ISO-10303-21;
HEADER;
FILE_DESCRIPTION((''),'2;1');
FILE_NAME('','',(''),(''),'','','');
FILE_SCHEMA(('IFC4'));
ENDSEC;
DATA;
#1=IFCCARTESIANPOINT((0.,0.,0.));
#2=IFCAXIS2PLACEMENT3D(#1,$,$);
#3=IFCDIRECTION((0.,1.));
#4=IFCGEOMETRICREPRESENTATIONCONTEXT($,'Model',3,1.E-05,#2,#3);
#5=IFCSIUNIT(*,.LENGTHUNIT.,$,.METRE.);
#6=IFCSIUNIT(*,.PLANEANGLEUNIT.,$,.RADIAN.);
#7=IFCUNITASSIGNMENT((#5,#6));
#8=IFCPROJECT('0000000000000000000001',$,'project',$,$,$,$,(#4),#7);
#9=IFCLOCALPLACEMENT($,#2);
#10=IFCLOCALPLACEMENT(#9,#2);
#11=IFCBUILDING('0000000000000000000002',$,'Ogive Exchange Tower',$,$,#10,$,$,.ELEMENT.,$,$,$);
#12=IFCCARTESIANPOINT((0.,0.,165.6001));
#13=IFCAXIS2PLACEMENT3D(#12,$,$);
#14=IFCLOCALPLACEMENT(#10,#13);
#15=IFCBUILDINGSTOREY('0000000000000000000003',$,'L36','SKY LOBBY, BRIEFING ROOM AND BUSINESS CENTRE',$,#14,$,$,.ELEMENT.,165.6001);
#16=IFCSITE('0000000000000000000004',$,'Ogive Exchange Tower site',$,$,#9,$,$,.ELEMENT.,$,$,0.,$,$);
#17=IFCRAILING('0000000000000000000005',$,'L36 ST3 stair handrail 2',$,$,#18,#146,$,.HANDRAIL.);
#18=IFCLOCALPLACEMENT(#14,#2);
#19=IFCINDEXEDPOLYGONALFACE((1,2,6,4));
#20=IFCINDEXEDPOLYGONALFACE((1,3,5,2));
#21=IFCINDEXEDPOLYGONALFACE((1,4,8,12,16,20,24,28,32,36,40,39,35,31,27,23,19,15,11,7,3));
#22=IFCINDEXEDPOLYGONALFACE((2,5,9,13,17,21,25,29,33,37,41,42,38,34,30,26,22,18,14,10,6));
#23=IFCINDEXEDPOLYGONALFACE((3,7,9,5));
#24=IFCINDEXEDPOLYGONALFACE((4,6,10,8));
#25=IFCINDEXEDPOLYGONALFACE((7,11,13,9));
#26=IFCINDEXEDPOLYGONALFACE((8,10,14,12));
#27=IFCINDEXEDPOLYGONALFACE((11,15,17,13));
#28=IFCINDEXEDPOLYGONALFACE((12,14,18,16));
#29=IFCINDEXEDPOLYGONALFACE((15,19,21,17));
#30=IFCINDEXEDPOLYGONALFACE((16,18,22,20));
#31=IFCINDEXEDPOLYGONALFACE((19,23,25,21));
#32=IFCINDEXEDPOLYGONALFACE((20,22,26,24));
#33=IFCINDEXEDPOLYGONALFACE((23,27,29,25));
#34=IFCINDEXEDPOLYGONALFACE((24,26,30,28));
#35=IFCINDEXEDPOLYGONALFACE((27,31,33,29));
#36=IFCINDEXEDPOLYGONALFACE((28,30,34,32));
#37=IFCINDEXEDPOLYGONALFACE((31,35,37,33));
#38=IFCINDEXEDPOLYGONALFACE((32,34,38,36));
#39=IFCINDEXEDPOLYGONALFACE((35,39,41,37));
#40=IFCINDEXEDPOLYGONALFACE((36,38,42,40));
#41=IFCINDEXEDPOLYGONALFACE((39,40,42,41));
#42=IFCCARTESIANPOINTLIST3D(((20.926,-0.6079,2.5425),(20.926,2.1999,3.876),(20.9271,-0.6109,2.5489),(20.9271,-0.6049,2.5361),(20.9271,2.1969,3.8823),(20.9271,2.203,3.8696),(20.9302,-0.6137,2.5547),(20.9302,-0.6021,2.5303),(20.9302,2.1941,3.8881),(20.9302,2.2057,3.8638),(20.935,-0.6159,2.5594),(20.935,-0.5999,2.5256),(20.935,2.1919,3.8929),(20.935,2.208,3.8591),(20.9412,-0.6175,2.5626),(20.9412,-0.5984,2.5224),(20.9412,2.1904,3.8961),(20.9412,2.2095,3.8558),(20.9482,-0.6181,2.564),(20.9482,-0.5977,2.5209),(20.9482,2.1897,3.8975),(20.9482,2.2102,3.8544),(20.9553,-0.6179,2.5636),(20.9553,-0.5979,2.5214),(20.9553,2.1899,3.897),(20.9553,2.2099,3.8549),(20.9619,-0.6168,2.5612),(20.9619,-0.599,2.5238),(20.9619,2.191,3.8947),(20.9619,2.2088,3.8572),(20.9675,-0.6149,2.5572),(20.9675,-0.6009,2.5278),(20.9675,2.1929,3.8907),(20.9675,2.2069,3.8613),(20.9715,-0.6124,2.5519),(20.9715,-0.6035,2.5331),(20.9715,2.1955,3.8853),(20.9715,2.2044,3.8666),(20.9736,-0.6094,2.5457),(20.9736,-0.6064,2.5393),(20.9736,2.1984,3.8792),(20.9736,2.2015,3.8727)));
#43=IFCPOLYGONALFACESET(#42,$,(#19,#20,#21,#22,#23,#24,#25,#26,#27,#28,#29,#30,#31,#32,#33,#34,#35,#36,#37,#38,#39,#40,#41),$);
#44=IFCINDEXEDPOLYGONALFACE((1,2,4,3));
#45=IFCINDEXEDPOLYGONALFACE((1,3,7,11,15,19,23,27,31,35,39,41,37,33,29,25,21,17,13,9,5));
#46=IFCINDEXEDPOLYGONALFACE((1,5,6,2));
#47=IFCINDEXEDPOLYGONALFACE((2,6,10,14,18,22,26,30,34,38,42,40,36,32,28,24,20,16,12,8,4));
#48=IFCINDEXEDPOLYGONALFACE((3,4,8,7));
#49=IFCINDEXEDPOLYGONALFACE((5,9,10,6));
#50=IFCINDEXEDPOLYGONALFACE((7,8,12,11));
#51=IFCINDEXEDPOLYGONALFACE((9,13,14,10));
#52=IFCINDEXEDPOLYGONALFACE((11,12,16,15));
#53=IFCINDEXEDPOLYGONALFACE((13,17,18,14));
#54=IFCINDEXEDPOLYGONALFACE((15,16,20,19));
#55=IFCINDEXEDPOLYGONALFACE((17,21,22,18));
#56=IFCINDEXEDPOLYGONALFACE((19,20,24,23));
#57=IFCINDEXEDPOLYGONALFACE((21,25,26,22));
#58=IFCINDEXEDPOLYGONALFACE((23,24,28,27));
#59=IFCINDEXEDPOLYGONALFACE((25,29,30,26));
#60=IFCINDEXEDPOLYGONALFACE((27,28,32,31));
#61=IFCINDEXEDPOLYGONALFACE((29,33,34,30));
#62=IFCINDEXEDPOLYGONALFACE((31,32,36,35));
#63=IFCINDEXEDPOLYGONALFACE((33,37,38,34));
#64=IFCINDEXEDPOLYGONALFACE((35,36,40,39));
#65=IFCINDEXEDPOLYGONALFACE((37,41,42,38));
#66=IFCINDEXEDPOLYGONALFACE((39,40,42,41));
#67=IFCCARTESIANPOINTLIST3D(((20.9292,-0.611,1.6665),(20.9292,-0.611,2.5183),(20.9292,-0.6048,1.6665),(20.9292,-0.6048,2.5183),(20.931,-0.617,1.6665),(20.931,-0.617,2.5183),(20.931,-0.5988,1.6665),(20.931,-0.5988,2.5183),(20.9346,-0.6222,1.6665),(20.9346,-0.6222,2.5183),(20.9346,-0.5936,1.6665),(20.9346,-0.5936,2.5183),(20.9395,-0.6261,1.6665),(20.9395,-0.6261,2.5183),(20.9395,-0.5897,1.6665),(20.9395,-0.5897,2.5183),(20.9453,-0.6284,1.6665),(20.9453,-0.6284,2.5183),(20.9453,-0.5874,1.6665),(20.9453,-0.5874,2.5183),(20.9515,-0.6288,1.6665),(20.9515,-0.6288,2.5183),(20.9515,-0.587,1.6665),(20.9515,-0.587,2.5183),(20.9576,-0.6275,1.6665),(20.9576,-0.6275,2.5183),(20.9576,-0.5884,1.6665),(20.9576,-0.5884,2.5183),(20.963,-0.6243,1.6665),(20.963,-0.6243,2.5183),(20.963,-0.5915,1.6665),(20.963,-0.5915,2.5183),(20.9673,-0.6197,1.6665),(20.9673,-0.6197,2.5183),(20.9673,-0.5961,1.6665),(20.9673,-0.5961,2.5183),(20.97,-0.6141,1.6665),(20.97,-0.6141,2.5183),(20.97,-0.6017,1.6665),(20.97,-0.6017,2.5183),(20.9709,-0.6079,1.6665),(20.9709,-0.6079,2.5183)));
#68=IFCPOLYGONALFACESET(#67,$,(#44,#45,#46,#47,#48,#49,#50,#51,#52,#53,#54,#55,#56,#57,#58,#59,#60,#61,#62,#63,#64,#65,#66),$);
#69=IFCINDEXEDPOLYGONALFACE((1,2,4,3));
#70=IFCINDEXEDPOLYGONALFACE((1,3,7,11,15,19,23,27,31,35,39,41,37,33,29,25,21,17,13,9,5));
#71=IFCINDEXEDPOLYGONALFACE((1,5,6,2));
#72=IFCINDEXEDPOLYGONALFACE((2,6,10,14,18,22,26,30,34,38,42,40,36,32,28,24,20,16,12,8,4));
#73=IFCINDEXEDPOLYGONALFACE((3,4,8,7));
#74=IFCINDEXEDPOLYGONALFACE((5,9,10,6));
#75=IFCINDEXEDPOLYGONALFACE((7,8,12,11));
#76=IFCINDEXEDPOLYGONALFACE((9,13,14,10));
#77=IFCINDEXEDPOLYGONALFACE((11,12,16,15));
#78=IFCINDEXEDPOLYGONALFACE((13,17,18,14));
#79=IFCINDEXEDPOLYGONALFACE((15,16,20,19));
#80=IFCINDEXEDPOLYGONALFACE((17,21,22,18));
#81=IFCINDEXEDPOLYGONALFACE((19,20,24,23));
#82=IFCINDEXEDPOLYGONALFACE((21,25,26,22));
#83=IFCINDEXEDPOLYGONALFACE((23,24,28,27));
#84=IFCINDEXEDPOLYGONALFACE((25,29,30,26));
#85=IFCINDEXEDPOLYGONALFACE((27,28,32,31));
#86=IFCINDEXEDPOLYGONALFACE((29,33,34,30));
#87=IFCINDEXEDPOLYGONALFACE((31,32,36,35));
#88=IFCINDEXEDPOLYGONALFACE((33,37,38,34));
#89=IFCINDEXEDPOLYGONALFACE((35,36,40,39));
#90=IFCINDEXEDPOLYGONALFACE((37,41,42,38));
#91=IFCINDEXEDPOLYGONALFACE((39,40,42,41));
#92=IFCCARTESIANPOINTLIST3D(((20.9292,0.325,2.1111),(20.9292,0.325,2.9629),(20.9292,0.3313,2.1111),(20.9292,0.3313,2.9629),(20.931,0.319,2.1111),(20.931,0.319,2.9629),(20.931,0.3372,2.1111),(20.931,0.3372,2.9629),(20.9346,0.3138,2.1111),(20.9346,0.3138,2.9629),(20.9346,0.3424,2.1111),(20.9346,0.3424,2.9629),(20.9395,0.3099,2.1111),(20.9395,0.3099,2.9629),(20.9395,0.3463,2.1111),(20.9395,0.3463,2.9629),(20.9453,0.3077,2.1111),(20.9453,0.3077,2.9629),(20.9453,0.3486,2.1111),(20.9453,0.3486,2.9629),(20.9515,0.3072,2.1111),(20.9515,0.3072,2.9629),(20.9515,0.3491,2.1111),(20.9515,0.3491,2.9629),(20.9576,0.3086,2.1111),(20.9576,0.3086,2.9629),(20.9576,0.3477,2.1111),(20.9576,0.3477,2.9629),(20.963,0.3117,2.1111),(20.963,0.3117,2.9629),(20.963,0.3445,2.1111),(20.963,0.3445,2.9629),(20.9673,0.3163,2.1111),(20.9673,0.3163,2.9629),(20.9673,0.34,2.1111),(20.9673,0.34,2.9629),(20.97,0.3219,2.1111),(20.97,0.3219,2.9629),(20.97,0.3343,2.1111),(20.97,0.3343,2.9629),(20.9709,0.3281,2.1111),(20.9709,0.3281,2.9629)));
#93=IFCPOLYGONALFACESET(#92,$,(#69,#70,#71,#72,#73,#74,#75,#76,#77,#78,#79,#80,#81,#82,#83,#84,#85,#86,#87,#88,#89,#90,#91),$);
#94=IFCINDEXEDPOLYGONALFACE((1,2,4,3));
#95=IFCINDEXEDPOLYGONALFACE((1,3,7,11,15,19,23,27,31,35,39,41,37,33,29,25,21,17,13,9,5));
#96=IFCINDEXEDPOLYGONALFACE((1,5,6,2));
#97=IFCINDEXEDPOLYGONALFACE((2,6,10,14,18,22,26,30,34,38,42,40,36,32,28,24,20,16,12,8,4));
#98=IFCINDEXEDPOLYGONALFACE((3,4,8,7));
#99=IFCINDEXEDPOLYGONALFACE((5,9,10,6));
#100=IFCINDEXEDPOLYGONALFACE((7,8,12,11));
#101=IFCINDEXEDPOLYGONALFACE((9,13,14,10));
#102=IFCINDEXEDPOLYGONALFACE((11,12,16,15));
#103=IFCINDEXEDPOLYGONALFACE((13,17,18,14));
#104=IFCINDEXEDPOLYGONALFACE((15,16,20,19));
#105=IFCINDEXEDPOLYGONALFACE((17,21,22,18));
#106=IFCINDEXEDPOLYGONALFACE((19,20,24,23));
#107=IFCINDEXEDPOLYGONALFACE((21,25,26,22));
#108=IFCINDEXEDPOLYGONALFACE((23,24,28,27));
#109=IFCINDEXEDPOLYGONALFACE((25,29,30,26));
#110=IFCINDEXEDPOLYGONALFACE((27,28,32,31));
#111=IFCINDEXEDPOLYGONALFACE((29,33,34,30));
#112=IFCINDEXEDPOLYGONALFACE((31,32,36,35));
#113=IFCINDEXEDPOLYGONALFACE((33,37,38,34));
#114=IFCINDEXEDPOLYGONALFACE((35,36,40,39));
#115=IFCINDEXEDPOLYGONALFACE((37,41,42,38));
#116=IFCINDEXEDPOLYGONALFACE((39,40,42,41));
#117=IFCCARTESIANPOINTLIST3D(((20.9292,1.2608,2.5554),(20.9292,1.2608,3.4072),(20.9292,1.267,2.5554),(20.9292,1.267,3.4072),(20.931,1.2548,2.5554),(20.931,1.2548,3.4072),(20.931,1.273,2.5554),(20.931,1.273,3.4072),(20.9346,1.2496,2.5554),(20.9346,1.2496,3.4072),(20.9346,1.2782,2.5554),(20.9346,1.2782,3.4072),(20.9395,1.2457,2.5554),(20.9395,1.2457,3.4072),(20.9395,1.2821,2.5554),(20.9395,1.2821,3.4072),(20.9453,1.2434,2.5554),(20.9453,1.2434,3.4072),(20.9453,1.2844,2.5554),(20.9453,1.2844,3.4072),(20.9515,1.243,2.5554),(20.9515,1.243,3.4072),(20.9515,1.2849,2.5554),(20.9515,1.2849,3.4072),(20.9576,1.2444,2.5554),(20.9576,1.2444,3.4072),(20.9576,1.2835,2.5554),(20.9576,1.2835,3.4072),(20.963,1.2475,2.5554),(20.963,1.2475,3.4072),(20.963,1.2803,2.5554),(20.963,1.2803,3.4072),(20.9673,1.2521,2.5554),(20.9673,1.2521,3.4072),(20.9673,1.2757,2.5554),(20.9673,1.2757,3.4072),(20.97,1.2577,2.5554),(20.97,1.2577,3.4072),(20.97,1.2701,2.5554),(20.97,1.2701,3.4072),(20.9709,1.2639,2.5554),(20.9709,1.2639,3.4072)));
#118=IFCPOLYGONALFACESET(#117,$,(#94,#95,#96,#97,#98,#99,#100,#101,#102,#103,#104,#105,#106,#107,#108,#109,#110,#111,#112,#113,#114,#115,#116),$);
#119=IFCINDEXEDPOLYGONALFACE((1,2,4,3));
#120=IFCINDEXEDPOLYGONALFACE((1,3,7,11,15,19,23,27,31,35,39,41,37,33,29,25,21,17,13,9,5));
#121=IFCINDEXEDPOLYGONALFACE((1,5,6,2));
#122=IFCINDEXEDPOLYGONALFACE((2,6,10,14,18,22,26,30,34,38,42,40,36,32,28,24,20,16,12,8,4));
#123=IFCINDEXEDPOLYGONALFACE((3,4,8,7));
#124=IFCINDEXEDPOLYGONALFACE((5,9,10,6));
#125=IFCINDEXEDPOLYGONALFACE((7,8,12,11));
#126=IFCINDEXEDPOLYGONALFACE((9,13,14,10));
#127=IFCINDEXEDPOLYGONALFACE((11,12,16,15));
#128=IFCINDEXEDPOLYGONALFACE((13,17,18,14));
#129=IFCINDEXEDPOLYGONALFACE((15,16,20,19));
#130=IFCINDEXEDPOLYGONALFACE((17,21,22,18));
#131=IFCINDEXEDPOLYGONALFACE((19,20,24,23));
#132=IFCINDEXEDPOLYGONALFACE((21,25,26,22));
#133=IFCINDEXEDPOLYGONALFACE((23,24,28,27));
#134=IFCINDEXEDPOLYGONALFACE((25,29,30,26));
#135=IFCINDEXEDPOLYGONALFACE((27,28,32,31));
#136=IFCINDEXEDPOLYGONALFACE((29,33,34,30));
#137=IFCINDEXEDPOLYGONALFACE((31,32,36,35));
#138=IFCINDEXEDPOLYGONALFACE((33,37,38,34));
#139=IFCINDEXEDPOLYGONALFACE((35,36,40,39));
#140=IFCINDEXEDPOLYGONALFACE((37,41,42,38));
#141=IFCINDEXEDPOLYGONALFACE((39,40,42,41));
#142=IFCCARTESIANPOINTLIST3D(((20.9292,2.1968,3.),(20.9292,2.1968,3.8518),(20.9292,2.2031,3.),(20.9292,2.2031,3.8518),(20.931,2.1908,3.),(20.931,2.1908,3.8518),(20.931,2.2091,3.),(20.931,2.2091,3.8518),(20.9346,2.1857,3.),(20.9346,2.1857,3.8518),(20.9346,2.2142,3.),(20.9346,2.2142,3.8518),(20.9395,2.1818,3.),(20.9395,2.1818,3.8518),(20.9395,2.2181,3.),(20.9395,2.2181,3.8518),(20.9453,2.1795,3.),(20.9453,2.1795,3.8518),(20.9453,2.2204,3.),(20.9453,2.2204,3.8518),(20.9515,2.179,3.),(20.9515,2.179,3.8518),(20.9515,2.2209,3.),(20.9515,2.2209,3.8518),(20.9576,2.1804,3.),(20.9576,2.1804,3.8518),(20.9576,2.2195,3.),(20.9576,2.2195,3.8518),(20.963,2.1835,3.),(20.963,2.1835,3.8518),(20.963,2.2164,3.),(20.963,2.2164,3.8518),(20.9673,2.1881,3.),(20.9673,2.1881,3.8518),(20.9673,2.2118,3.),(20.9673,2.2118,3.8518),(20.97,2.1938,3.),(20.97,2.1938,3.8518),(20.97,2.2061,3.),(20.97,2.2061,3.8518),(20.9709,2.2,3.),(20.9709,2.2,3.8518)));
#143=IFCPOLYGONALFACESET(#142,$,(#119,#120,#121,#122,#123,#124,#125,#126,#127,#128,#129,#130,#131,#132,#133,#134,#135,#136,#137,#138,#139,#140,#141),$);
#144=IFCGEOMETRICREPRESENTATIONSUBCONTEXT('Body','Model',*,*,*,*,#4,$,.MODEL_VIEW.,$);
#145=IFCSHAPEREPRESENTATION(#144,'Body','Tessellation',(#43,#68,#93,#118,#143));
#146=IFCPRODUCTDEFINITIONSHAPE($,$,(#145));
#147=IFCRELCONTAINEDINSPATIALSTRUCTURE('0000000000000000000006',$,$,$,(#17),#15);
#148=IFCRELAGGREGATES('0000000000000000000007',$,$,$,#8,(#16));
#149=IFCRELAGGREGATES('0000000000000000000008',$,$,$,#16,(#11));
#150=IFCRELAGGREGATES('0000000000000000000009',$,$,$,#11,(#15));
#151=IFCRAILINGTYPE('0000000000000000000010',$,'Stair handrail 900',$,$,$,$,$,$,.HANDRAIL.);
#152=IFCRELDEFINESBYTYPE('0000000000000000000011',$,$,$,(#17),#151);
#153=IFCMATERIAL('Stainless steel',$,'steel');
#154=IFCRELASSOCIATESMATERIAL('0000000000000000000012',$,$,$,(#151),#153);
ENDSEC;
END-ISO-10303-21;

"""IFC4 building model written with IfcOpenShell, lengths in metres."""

from ifc_helpers import new_model, si_unit, direction, frame, origin, origin_2d, place, context, subcontext, project, spatial, circle, extrude, material, type_object, element, save


model = new_model("IFC4")

# Units and contexts
model_context = context("Model", 3, precision=1e-05, world=origin(), true_north=direction((0.0, 1.0)))
body_context = subcontext(model_context, "Body", "Model", "MODEL_VIEW")
ifc_project = project(units=[si_unit("LENGTHUNIT", "METRE"), si_unit("PLANEANGLEUNIT", "RADIAN")], contexts=[model_context])

# Site, building, storey
site_placement = place(None, origin())
site = spatial("IfcSite", under=ifc_project, at=site_placement, Name="Ogive Exchange Tower site", CompositionType="ELEMENT", RefElevation=0.0)
building_placement = place(site_placement, origin())
building = spatial("IfcBuilding", under=site, at=building_placement, Name="Ogive Exchange Tower", CompositionType="ELEMENT")
storey_placement = place(building_placement, frame((0.0, 0.0, 165.6001)))
storey = spatial("IfcBuildingStorey", under=building, at=storey_placement, Name="L36", Description="SKY LOBBY, BRIEFING ROOM AND BUSINESS CENTRE", CompositionType="ELEMENT", Elevation=165.6001)

# Railing
ifc_material_1 = material(Name="Stainless steel", Category="steel")
railing_type_1 = type_object("IfcRailingType", Name="Stair handrail 900", PredefinedType="HANDRAIL", material=ifc_material_1)
for number, where, name in (
    (1, (20.95, -0.6079, 1.6665), "L36 ST3 stair handrail 2"),
):
    element("IfcRailing", number, at=place(storey_placement, frame(where)), inside=storey, type_object=railing_type_1, Name=name, PredefinedType="HANDRAIL", context=body_context, shape_type="SweptSolid", body=[
        extrude(circle(Radius=0.0239, at=origin_2d()), frame((0.0, 0.0, 0.876), z_axis=(0.0, 0.903307, 0.428994), x_axis=(-1.0, 0.0, 0.0)), (0.0, 0.0, 1.0), 3.1084),
        extrude(circle(Radius=0.021, at=origin_2d()), origin(), (0.0, 0.0, 1.0), 0.8518),
        extrude(circle(Radius=0.021, at=origin_2d()), frame((0.0, 0.936, 0.4446)), (0.0, 0.0, 1.0), 0.8518),
        extrude(circle(Radius=0.021, at=origin_2d()), frame((0.0, 1.8718, 0.8889)), (0.0, 0.0, 1.0), 0.8518),
        extrude(circle(Radius=0.021, at=origin_2d()), frame((0.0, 2.8079, 1.3335)), (0.0, 0.0, 1.0), 0.8518),
    ])

save(model, "model.ifc")
